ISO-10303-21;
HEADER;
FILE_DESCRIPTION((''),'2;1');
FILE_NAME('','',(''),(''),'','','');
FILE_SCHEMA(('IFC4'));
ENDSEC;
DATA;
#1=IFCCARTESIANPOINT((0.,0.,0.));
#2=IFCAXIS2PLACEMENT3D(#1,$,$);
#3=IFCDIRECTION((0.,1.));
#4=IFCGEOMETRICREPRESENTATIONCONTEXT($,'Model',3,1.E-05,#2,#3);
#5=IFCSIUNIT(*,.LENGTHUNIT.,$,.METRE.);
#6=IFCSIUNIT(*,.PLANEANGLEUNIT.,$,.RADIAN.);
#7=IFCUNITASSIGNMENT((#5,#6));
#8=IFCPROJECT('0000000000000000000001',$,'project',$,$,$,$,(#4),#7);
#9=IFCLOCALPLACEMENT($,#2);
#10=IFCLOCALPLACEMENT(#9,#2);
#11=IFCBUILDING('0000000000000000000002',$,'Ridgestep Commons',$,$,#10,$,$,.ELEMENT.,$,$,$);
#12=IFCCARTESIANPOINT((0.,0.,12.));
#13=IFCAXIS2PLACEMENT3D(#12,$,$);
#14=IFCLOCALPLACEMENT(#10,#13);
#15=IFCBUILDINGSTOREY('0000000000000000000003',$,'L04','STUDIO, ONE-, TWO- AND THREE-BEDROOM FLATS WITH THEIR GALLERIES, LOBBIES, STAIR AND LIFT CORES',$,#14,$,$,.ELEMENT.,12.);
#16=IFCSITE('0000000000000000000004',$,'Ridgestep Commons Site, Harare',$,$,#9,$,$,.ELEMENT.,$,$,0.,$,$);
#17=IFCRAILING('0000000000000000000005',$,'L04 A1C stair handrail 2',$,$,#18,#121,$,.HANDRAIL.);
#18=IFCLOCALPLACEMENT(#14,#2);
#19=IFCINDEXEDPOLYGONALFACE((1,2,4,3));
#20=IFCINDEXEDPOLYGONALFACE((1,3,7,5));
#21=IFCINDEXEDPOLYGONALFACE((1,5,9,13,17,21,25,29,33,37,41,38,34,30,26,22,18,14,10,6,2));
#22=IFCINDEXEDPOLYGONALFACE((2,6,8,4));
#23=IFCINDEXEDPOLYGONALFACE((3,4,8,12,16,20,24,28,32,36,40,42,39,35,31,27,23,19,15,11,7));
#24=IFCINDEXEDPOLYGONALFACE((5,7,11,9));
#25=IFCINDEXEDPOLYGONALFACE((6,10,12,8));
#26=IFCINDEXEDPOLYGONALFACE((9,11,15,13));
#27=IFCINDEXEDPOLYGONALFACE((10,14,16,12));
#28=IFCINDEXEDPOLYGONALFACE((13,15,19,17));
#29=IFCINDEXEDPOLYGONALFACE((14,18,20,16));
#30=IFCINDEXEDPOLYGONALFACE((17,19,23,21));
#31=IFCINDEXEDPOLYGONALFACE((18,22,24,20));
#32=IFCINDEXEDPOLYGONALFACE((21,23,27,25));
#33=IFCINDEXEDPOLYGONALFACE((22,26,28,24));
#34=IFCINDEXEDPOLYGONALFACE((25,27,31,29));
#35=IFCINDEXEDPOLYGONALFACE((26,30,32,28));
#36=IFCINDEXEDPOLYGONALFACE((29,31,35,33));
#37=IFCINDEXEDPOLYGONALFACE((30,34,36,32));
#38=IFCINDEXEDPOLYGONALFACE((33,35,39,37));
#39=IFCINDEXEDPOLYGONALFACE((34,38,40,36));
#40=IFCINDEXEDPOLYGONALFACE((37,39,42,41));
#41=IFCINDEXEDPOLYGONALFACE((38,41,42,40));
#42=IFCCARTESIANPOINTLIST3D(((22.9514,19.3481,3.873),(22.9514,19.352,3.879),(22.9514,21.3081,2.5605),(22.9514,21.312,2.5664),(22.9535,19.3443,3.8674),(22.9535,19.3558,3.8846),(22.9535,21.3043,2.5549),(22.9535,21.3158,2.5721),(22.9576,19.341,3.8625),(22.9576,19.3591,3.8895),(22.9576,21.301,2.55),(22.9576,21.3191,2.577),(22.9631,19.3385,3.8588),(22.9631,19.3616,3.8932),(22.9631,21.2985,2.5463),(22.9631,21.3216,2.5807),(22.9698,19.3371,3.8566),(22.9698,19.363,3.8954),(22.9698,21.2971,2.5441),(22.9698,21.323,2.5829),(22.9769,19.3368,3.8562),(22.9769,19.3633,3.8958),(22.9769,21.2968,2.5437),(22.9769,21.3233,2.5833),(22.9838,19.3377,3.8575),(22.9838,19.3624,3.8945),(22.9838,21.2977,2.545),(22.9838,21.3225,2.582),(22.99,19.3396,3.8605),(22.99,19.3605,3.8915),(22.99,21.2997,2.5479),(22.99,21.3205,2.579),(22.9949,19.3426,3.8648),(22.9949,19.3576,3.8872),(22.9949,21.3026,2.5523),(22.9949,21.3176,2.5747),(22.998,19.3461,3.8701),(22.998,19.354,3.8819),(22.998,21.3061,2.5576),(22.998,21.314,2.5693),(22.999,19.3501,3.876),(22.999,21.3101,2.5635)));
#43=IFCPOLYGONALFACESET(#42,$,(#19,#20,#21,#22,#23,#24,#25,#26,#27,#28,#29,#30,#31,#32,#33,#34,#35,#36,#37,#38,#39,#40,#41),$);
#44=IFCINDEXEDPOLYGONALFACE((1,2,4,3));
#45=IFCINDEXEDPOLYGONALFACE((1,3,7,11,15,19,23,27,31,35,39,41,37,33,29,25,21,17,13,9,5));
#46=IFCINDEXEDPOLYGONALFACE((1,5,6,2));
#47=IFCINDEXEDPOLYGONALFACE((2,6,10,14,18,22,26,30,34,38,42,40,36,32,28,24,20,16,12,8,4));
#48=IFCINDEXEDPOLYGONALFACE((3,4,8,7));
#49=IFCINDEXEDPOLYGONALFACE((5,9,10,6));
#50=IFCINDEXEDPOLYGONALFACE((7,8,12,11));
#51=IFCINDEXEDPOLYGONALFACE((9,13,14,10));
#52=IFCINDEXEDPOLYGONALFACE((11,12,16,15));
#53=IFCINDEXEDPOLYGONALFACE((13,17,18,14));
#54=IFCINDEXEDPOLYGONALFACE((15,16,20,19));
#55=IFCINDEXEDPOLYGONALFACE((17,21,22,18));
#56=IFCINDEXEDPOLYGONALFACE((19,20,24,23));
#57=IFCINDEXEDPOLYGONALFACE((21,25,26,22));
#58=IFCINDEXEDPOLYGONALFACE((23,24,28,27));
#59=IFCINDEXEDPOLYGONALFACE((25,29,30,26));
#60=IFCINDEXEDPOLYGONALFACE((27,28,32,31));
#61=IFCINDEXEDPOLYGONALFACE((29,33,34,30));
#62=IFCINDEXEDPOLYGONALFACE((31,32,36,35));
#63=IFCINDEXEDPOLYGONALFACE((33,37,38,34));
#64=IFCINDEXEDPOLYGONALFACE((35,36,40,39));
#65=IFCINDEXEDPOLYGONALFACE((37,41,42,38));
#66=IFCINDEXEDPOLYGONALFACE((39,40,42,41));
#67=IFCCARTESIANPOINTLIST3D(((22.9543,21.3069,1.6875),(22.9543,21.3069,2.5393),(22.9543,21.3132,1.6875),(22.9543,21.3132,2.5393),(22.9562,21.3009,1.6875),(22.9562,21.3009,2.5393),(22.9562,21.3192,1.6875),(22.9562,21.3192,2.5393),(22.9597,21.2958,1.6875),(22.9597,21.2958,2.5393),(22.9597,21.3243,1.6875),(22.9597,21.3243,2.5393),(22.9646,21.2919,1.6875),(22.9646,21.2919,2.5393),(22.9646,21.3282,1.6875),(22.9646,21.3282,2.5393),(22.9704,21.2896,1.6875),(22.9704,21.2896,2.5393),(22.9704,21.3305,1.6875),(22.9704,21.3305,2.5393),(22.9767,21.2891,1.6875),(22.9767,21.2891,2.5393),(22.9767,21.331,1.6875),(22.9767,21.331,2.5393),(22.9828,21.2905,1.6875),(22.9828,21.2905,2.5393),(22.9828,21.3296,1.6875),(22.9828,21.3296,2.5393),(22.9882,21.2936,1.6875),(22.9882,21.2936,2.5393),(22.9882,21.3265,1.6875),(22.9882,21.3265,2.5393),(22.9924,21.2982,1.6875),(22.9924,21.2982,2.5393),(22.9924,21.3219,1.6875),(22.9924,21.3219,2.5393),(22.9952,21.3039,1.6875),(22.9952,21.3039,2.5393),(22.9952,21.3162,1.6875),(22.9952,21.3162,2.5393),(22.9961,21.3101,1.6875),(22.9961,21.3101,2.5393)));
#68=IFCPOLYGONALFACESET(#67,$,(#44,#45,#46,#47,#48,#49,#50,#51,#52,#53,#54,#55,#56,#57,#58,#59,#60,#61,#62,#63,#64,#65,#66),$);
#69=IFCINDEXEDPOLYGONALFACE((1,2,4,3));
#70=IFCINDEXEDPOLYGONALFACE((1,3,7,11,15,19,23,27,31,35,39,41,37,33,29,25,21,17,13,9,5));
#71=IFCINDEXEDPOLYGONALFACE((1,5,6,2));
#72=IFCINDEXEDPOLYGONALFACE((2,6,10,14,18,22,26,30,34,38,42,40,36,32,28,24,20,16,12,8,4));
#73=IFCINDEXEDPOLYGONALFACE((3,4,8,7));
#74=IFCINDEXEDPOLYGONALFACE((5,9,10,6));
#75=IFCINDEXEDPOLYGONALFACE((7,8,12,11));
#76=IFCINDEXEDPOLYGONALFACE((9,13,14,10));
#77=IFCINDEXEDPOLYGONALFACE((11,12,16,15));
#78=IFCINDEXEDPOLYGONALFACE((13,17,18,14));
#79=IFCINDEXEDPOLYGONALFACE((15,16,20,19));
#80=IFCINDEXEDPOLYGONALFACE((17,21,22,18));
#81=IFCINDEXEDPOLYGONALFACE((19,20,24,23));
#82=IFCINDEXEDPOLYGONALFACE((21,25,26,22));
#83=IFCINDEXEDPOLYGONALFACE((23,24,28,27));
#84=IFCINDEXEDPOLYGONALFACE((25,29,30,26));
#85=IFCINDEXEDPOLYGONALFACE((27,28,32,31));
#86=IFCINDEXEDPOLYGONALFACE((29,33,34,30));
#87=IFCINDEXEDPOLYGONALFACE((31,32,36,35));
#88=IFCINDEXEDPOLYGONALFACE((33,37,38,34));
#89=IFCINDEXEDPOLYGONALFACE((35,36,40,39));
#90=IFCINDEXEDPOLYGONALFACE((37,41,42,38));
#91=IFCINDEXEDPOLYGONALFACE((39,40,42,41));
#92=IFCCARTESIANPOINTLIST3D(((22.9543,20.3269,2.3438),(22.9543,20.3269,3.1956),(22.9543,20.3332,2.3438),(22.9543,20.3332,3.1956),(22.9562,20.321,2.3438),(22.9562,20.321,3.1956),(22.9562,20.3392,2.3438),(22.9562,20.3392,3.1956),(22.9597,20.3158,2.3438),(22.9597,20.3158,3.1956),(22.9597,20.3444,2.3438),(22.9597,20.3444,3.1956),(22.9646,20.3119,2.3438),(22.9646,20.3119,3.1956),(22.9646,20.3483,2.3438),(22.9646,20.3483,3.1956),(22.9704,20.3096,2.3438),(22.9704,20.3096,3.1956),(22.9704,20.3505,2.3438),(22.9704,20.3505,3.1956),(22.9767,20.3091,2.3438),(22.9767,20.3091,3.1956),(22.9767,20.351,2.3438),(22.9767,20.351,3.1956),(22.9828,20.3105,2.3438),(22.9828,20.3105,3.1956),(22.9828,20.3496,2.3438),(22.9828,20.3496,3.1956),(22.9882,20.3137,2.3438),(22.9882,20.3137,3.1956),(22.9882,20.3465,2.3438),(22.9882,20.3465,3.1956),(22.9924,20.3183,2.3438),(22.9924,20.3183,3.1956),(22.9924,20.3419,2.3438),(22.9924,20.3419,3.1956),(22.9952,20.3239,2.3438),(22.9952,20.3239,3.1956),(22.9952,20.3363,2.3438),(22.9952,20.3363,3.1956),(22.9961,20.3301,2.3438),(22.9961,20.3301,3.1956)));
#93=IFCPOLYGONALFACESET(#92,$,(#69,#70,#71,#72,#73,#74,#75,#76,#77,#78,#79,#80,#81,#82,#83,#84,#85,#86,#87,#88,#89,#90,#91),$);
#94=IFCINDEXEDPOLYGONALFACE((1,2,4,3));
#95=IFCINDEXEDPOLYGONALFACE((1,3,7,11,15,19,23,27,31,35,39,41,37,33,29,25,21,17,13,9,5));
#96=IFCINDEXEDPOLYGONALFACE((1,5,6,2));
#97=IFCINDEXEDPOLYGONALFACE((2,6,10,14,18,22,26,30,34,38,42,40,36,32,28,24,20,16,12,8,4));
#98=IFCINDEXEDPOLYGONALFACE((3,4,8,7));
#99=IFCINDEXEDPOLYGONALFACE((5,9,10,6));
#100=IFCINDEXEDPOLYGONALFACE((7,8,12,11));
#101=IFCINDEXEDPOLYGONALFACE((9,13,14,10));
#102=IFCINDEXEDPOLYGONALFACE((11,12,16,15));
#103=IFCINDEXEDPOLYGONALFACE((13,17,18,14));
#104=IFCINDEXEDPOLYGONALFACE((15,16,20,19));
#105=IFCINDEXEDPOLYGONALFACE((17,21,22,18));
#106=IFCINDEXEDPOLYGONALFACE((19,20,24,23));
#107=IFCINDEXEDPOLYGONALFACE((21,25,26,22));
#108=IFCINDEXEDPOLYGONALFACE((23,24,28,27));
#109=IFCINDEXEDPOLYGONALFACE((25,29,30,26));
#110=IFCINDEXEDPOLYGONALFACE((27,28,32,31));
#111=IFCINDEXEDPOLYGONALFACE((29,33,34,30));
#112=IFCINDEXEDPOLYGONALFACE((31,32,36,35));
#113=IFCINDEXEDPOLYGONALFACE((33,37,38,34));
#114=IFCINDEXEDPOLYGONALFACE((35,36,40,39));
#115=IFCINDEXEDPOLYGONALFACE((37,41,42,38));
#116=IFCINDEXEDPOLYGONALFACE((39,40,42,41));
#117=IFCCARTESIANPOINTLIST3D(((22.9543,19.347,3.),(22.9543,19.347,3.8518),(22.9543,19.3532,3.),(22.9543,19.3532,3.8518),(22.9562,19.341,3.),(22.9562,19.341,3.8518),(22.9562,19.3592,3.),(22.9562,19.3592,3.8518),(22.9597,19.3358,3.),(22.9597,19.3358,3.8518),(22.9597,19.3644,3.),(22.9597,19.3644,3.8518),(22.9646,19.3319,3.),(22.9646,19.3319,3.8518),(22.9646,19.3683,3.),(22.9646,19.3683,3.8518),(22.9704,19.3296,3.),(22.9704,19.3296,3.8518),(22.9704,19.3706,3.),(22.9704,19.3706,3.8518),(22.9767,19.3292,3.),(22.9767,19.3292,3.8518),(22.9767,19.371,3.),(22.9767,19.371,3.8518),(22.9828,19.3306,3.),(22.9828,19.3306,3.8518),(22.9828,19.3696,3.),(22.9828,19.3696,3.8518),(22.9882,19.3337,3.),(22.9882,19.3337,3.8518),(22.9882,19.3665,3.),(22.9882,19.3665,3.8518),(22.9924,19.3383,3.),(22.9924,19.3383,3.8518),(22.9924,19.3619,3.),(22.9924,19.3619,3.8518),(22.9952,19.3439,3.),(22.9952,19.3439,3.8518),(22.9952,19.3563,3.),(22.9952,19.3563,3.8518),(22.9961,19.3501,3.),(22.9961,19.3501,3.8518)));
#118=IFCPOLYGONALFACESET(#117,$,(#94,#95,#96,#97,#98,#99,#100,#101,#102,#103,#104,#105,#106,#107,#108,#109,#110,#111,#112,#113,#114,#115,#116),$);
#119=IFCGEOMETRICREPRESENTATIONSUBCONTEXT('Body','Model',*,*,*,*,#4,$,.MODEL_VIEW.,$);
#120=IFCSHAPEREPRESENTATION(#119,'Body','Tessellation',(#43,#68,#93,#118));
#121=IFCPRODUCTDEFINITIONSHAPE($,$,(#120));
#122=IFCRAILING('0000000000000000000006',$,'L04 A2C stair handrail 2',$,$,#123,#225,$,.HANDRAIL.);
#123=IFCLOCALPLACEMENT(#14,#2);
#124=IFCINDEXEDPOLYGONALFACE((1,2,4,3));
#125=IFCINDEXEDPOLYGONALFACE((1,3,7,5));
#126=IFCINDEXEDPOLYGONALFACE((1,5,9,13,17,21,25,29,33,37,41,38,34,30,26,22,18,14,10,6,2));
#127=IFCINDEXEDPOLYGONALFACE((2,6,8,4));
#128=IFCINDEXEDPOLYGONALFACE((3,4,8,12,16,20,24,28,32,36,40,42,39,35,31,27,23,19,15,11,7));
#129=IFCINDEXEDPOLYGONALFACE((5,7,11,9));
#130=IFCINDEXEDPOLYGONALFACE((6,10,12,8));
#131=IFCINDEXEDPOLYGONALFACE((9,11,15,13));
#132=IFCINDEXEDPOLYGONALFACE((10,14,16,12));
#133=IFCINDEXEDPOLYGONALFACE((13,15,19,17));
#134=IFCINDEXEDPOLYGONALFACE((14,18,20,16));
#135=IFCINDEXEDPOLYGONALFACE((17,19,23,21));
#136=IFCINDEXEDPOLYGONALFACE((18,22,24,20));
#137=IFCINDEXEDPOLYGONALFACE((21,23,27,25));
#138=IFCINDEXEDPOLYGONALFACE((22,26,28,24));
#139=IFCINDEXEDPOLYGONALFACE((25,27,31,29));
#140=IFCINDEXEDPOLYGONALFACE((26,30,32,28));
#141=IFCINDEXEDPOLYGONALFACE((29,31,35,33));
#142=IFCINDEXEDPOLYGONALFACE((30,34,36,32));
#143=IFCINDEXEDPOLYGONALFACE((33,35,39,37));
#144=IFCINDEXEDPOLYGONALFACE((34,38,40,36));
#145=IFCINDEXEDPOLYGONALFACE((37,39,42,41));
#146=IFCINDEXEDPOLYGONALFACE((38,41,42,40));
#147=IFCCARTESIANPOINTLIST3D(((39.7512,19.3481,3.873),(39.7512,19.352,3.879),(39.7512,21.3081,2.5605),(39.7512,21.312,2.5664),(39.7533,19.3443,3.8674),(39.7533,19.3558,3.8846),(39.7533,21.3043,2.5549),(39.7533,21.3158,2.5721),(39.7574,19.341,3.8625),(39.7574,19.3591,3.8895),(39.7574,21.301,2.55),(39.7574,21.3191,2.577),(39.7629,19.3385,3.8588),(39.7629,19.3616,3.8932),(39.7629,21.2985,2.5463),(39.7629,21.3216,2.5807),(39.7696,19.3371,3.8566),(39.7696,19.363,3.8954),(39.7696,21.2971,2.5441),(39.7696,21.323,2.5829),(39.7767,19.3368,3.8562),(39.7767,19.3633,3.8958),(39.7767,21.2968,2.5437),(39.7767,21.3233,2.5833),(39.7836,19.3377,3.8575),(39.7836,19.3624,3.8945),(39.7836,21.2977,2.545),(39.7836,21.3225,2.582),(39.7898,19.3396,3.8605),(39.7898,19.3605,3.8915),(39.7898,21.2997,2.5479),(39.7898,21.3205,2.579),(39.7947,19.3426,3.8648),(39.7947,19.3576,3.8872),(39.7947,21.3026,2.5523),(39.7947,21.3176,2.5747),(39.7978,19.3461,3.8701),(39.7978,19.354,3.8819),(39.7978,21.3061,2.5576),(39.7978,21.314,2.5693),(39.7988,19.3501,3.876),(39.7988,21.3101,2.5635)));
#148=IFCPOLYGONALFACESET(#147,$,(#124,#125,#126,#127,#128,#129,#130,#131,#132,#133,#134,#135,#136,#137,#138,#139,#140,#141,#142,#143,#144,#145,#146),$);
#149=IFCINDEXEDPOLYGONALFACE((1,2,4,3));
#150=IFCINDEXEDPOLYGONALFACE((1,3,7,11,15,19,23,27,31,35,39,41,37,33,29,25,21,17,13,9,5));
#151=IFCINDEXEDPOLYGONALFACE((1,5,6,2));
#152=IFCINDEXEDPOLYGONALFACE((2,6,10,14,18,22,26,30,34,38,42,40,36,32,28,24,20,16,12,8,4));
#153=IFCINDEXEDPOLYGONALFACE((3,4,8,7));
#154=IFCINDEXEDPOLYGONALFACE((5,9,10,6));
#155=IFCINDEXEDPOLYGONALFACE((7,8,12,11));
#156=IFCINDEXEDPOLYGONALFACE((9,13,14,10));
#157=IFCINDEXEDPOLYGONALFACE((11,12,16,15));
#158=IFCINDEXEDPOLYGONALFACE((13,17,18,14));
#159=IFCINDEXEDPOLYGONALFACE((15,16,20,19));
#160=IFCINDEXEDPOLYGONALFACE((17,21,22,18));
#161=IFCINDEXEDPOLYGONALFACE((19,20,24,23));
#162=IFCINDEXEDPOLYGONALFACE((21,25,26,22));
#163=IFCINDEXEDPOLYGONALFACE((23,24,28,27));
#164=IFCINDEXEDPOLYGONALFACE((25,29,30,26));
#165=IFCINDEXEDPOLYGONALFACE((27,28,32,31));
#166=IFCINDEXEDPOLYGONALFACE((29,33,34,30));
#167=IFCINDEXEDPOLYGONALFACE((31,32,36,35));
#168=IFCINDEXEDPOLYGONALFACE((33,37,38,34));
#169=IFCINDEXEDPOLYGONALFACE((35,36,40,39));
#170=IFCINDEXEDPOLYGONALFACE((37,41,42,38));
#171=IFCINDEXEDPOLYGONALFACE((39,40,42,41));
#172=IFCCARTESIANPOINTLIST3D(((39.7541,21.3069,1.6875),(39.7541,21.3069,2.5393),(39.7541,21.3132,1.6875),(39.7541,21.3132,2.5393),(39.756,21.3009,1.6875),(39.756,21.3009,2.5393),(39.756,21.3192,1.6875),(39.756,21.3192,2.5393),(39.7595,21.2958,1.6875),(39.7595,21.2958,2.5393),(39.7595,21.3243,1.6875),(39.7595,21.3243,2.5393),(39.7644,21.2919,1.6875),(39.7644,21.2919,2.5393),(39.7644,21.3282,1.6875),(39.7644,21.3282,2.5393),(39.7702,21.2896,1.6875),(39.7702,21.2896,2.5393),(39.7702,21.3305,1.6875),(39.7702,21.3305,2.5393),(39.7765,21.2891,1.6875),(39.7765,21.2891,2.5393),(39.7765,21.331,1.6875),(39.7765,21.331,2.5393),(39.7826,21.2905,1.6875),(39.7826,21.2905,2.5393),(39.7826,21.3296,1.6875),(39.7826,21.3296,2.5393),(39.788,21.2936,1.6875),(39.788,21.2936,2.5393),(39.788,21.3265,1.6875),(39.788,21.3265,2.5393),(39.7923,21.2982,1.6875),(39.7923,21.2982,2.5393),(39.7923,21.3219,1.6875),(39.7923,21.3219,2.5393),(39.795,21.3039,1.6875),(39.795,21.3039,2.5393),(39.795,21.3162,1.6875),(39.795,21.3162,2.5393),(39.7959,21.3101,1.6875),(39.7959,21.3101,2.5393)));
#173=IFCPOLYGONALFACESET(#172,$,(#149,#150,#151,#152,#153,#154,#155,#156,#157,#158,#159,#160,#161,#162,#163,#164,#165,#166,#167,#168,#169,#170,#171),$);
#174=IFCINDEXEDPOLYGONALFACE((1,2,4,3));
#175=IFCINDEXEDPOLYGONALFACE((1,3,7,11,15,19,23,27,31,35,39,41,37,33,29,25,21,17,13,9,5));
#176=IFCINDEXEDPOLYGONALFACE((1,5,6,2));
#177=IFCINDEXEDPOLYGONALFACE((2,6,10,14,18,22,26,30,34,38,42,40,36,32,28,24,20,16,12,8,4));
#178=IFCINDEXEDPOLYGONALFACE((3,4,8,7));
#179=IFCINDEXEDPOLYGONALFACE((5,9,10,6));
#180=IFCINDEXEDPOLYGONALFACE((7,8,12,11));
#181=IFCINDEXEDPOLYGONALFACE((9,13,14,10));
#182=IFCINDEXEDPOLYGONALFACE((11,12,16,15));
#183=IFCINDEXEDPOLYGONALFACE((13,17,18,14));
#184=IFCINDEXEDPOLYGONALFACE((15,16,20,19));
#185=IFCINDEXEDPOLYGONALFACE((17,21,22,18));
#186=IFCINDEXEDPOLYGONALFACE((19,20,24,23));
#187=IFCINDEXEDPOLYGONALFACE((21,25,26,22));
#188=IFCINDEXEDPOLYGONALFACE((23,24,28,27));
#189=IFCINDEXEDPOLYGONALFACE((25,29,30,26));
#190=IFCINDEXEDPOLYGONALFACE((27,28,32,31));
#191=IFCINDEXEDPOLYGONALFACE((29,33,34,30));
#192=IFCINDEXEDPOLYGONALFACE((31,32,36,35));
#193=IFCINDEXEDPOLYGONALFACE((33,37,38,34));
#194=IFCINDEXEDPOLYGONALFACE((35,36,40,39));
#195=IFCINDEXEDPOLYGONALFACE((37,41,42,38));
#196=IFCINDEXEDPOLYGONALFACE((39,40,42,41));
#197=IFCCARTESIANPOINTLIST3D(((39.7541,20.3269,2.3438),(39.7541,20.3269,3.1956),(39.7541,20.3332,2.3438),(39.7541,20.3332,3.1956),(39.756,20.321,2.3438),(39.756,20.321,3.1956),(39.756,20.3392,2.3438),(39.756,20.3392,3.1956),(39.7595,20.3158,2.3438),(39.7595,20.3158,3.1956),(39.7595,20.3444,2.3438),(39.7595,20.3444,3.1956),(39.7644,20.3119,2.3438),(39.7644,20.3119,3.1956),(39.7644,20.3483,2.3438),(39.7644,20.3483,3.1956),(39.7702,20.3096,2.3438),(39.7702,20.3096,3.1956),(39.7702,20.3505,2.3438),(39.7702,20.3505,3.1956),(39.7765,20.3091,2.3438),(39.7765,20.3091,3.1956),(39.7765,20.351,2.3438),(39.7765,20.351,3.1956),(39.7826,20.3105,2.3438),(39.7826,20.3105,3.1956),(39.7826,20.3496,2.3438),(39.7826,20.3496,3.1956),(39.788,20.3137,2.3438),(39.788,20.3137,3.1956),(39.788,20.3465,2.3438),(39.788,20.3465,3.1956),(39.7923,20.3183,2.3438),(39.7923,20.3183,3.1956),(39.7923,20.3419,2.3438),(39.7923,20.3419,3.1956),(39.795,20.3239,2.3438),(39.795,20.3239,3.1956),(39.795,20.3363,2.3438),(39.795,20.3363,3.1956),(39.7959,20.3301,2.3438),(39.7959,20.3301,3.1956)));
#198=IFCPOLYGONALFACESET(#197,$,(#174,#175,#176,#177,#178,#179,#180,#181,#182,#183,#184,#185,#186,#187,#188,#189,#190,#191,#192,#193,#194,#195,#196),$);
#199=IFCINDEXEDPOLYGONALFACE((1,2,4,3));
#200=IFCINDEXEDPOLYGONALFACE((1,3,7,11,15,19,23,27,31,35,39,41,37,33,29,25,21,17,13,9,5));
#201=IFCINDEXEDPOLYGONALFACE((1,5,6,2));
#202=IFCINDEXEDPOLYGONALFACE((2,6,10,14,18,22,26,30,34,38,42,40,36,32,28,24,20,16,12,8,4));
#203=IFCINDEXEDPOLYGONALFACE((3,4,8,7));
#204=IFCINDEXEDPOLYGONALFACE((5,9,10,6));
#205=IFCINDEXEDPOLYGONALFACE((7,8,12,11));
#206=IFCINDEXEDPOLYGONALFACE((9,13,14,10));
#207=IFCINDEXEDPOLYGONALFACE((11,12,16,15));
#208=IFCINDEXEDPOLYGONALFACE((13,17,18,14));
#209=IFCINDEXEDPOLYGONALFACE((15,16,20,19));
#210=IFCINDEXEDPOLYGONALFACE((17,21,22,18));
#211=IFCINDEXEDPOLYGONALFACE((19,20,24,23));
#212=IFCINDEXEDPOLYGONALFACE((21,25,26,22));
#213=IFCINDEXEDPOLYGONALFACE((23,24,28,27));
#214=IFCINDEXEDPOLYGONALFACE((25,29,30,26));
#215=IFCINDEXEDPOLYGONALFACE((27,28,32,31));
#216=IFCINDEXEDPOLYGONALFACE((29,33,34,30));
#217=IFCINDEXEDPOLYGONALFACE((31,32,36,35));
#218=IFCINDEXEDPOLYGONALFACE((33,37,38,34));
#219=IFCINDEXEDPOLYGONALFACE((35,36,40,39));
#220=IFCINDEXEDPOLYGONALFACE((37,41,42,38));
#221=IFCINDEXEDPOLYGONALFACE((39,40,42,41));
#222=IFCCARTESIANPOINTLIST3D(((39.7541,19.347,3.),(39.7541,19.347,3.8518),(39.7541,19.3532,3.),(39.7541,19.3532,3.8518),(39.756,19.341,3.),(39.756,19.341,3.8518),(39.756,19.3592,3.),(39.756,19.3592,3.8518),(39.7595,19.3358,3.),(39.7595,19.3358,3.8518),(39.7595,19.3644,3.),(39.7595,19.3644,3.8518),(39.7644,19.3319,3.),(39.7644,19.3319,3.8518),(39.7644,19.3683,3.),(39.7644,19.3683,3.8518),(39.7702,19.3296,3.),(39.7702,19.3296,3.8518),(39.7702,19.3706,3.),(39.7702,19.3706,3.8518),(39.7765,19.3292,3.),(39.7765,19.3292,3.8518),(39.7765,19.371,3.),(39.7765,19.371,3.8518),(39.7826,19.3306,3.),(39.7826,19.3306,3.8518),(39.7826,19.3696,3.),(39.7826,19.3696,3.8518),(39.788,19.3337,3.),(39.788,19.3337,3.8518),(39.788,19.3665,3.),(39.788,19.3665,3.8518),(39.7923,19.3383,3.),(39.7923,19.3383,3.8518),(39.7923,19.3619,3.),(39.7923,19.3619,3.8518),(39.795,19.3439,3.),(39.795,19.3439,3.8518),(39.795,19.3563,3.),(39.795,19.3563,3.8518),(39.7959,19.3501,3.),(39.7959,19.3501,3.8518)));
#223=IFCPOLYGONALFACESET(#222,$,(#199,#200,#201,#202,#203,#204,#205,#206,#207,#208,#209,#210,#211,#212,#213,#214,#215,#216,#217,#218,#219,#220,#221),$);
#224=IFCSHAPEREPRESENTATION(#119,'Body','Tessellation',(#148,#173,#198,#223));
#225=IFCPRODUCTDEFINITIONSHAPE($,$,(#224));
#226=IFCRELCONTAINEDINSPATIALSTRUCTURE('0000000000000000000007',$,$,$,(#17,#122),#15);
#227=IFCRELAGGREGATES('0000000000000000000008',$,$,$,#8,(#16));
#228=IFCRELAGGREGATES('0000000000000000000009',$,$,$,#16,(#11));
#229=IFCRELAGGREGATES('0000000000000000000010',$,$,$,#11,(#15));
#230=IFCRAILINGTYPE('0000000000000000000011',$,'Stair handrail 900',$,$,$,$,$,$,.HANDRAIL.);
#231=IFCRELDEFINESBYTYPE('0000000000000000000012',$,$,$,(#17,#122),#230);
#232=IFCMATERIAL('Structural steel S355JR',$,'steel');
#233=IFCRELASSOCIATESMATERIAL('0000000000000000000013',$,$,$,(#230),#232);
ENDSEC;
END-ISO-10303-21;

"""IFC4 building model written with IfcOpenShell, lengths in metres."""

from ifc_helpers import new_model, si_unit, direction, frame, origin, origin_2d, place, context, subcontext, project, spatial, circle, extrude, material, type_object, element, save


model = new_model("IFC4")

# Units and contexts
model_context = context("Model", 3, precision=1e-05, world=origin(), true_north=direction((0.0, 1.0)))
body_context = subcontext(model_context, "Body", "Model", "MODEL_VIEW")
ifc_project = project(units=[si_unit("LENGTHUNIT", "METRE"), si_unit("PLANEANGLEUNIT", "RADIAN")], contexts=[model_context])

# Site, building, storey
site_placement = place(None, origin())
site = spatial("IfcSite", under=ifc_project, at=site_placement, Name="Ridgestep Commons Site, Harare", CompositionType="ELEMENT", RefElevation=0.0)
building_placement = place(site_placement, origin())
building = spatial("IfcBuilding", under=site, at=building_placement, Name="Ridgestep Commons", CompositionType="ELEMENT")
storey_placement = place(building_placement, frame((0.0, 0.0, 12.0)))
storey = spatial("IfcBuildingStorey", under=building, at=storey_placement, Name="L04", Description="STUDIO, ONE-, TWO- AND THREE-BEDROOM FLATS WITH THEIR GALLERIES, LOBBIES, STAIR AND LIFT CORES", CompositionType="ELEMENT", Elevation=12.0)

# Railings
ifc_material_1 = material(Name="Structural steel S355JR", Category="steel")
railing_type_1 = type_object("IfcRailingType", Name="Stair handrail 900", PredefinedType="HANDRAIL", material=ifc_material_1)
for number, where, name in (
    (1, (22.9751, 21.3101, 1.6875), "L04 A1C stair handrail 2"),
    (2, (39.7749, 21.3101, 1.6875), "L04 A2C stair handrail 2"),
):
    element("IfcRailing", number, at=place(storey_placement, frame(where)), inside=storey, type_object=railing_type_1, Name=name, PredefinedType="HANDRAIL", context=body_context, shape_type="SweptSolid", body=[
        extrude(circle(Radius=0.0239, at=origin_2d()), frame((0.0, 0.0, 0.876), z_axis=(0.0, -0.830902, 0.556419), x_axis=(1.0, 0.0, 0.0)), (0.0, 0.0, 1.0), 2.3589),
        extrude(circle(Radius=0.021, at=origin_2d()), origin(), (0.0, 0.0, 1.0), 0.8518),
        extrude(circle(Radius=0.021, at=origin_2d()), frame((0.0, -0.98, 0.6562)), (0.0, 0.0, 1.0), 0.8518),
        extrude(circle(Radius=0.021, at=origin_2d()), frame((0.0, -1.96, 1.3125)), (0.0, 0.0, 1.0), 0.8518),
    ])

save(model, "model.ifc")
